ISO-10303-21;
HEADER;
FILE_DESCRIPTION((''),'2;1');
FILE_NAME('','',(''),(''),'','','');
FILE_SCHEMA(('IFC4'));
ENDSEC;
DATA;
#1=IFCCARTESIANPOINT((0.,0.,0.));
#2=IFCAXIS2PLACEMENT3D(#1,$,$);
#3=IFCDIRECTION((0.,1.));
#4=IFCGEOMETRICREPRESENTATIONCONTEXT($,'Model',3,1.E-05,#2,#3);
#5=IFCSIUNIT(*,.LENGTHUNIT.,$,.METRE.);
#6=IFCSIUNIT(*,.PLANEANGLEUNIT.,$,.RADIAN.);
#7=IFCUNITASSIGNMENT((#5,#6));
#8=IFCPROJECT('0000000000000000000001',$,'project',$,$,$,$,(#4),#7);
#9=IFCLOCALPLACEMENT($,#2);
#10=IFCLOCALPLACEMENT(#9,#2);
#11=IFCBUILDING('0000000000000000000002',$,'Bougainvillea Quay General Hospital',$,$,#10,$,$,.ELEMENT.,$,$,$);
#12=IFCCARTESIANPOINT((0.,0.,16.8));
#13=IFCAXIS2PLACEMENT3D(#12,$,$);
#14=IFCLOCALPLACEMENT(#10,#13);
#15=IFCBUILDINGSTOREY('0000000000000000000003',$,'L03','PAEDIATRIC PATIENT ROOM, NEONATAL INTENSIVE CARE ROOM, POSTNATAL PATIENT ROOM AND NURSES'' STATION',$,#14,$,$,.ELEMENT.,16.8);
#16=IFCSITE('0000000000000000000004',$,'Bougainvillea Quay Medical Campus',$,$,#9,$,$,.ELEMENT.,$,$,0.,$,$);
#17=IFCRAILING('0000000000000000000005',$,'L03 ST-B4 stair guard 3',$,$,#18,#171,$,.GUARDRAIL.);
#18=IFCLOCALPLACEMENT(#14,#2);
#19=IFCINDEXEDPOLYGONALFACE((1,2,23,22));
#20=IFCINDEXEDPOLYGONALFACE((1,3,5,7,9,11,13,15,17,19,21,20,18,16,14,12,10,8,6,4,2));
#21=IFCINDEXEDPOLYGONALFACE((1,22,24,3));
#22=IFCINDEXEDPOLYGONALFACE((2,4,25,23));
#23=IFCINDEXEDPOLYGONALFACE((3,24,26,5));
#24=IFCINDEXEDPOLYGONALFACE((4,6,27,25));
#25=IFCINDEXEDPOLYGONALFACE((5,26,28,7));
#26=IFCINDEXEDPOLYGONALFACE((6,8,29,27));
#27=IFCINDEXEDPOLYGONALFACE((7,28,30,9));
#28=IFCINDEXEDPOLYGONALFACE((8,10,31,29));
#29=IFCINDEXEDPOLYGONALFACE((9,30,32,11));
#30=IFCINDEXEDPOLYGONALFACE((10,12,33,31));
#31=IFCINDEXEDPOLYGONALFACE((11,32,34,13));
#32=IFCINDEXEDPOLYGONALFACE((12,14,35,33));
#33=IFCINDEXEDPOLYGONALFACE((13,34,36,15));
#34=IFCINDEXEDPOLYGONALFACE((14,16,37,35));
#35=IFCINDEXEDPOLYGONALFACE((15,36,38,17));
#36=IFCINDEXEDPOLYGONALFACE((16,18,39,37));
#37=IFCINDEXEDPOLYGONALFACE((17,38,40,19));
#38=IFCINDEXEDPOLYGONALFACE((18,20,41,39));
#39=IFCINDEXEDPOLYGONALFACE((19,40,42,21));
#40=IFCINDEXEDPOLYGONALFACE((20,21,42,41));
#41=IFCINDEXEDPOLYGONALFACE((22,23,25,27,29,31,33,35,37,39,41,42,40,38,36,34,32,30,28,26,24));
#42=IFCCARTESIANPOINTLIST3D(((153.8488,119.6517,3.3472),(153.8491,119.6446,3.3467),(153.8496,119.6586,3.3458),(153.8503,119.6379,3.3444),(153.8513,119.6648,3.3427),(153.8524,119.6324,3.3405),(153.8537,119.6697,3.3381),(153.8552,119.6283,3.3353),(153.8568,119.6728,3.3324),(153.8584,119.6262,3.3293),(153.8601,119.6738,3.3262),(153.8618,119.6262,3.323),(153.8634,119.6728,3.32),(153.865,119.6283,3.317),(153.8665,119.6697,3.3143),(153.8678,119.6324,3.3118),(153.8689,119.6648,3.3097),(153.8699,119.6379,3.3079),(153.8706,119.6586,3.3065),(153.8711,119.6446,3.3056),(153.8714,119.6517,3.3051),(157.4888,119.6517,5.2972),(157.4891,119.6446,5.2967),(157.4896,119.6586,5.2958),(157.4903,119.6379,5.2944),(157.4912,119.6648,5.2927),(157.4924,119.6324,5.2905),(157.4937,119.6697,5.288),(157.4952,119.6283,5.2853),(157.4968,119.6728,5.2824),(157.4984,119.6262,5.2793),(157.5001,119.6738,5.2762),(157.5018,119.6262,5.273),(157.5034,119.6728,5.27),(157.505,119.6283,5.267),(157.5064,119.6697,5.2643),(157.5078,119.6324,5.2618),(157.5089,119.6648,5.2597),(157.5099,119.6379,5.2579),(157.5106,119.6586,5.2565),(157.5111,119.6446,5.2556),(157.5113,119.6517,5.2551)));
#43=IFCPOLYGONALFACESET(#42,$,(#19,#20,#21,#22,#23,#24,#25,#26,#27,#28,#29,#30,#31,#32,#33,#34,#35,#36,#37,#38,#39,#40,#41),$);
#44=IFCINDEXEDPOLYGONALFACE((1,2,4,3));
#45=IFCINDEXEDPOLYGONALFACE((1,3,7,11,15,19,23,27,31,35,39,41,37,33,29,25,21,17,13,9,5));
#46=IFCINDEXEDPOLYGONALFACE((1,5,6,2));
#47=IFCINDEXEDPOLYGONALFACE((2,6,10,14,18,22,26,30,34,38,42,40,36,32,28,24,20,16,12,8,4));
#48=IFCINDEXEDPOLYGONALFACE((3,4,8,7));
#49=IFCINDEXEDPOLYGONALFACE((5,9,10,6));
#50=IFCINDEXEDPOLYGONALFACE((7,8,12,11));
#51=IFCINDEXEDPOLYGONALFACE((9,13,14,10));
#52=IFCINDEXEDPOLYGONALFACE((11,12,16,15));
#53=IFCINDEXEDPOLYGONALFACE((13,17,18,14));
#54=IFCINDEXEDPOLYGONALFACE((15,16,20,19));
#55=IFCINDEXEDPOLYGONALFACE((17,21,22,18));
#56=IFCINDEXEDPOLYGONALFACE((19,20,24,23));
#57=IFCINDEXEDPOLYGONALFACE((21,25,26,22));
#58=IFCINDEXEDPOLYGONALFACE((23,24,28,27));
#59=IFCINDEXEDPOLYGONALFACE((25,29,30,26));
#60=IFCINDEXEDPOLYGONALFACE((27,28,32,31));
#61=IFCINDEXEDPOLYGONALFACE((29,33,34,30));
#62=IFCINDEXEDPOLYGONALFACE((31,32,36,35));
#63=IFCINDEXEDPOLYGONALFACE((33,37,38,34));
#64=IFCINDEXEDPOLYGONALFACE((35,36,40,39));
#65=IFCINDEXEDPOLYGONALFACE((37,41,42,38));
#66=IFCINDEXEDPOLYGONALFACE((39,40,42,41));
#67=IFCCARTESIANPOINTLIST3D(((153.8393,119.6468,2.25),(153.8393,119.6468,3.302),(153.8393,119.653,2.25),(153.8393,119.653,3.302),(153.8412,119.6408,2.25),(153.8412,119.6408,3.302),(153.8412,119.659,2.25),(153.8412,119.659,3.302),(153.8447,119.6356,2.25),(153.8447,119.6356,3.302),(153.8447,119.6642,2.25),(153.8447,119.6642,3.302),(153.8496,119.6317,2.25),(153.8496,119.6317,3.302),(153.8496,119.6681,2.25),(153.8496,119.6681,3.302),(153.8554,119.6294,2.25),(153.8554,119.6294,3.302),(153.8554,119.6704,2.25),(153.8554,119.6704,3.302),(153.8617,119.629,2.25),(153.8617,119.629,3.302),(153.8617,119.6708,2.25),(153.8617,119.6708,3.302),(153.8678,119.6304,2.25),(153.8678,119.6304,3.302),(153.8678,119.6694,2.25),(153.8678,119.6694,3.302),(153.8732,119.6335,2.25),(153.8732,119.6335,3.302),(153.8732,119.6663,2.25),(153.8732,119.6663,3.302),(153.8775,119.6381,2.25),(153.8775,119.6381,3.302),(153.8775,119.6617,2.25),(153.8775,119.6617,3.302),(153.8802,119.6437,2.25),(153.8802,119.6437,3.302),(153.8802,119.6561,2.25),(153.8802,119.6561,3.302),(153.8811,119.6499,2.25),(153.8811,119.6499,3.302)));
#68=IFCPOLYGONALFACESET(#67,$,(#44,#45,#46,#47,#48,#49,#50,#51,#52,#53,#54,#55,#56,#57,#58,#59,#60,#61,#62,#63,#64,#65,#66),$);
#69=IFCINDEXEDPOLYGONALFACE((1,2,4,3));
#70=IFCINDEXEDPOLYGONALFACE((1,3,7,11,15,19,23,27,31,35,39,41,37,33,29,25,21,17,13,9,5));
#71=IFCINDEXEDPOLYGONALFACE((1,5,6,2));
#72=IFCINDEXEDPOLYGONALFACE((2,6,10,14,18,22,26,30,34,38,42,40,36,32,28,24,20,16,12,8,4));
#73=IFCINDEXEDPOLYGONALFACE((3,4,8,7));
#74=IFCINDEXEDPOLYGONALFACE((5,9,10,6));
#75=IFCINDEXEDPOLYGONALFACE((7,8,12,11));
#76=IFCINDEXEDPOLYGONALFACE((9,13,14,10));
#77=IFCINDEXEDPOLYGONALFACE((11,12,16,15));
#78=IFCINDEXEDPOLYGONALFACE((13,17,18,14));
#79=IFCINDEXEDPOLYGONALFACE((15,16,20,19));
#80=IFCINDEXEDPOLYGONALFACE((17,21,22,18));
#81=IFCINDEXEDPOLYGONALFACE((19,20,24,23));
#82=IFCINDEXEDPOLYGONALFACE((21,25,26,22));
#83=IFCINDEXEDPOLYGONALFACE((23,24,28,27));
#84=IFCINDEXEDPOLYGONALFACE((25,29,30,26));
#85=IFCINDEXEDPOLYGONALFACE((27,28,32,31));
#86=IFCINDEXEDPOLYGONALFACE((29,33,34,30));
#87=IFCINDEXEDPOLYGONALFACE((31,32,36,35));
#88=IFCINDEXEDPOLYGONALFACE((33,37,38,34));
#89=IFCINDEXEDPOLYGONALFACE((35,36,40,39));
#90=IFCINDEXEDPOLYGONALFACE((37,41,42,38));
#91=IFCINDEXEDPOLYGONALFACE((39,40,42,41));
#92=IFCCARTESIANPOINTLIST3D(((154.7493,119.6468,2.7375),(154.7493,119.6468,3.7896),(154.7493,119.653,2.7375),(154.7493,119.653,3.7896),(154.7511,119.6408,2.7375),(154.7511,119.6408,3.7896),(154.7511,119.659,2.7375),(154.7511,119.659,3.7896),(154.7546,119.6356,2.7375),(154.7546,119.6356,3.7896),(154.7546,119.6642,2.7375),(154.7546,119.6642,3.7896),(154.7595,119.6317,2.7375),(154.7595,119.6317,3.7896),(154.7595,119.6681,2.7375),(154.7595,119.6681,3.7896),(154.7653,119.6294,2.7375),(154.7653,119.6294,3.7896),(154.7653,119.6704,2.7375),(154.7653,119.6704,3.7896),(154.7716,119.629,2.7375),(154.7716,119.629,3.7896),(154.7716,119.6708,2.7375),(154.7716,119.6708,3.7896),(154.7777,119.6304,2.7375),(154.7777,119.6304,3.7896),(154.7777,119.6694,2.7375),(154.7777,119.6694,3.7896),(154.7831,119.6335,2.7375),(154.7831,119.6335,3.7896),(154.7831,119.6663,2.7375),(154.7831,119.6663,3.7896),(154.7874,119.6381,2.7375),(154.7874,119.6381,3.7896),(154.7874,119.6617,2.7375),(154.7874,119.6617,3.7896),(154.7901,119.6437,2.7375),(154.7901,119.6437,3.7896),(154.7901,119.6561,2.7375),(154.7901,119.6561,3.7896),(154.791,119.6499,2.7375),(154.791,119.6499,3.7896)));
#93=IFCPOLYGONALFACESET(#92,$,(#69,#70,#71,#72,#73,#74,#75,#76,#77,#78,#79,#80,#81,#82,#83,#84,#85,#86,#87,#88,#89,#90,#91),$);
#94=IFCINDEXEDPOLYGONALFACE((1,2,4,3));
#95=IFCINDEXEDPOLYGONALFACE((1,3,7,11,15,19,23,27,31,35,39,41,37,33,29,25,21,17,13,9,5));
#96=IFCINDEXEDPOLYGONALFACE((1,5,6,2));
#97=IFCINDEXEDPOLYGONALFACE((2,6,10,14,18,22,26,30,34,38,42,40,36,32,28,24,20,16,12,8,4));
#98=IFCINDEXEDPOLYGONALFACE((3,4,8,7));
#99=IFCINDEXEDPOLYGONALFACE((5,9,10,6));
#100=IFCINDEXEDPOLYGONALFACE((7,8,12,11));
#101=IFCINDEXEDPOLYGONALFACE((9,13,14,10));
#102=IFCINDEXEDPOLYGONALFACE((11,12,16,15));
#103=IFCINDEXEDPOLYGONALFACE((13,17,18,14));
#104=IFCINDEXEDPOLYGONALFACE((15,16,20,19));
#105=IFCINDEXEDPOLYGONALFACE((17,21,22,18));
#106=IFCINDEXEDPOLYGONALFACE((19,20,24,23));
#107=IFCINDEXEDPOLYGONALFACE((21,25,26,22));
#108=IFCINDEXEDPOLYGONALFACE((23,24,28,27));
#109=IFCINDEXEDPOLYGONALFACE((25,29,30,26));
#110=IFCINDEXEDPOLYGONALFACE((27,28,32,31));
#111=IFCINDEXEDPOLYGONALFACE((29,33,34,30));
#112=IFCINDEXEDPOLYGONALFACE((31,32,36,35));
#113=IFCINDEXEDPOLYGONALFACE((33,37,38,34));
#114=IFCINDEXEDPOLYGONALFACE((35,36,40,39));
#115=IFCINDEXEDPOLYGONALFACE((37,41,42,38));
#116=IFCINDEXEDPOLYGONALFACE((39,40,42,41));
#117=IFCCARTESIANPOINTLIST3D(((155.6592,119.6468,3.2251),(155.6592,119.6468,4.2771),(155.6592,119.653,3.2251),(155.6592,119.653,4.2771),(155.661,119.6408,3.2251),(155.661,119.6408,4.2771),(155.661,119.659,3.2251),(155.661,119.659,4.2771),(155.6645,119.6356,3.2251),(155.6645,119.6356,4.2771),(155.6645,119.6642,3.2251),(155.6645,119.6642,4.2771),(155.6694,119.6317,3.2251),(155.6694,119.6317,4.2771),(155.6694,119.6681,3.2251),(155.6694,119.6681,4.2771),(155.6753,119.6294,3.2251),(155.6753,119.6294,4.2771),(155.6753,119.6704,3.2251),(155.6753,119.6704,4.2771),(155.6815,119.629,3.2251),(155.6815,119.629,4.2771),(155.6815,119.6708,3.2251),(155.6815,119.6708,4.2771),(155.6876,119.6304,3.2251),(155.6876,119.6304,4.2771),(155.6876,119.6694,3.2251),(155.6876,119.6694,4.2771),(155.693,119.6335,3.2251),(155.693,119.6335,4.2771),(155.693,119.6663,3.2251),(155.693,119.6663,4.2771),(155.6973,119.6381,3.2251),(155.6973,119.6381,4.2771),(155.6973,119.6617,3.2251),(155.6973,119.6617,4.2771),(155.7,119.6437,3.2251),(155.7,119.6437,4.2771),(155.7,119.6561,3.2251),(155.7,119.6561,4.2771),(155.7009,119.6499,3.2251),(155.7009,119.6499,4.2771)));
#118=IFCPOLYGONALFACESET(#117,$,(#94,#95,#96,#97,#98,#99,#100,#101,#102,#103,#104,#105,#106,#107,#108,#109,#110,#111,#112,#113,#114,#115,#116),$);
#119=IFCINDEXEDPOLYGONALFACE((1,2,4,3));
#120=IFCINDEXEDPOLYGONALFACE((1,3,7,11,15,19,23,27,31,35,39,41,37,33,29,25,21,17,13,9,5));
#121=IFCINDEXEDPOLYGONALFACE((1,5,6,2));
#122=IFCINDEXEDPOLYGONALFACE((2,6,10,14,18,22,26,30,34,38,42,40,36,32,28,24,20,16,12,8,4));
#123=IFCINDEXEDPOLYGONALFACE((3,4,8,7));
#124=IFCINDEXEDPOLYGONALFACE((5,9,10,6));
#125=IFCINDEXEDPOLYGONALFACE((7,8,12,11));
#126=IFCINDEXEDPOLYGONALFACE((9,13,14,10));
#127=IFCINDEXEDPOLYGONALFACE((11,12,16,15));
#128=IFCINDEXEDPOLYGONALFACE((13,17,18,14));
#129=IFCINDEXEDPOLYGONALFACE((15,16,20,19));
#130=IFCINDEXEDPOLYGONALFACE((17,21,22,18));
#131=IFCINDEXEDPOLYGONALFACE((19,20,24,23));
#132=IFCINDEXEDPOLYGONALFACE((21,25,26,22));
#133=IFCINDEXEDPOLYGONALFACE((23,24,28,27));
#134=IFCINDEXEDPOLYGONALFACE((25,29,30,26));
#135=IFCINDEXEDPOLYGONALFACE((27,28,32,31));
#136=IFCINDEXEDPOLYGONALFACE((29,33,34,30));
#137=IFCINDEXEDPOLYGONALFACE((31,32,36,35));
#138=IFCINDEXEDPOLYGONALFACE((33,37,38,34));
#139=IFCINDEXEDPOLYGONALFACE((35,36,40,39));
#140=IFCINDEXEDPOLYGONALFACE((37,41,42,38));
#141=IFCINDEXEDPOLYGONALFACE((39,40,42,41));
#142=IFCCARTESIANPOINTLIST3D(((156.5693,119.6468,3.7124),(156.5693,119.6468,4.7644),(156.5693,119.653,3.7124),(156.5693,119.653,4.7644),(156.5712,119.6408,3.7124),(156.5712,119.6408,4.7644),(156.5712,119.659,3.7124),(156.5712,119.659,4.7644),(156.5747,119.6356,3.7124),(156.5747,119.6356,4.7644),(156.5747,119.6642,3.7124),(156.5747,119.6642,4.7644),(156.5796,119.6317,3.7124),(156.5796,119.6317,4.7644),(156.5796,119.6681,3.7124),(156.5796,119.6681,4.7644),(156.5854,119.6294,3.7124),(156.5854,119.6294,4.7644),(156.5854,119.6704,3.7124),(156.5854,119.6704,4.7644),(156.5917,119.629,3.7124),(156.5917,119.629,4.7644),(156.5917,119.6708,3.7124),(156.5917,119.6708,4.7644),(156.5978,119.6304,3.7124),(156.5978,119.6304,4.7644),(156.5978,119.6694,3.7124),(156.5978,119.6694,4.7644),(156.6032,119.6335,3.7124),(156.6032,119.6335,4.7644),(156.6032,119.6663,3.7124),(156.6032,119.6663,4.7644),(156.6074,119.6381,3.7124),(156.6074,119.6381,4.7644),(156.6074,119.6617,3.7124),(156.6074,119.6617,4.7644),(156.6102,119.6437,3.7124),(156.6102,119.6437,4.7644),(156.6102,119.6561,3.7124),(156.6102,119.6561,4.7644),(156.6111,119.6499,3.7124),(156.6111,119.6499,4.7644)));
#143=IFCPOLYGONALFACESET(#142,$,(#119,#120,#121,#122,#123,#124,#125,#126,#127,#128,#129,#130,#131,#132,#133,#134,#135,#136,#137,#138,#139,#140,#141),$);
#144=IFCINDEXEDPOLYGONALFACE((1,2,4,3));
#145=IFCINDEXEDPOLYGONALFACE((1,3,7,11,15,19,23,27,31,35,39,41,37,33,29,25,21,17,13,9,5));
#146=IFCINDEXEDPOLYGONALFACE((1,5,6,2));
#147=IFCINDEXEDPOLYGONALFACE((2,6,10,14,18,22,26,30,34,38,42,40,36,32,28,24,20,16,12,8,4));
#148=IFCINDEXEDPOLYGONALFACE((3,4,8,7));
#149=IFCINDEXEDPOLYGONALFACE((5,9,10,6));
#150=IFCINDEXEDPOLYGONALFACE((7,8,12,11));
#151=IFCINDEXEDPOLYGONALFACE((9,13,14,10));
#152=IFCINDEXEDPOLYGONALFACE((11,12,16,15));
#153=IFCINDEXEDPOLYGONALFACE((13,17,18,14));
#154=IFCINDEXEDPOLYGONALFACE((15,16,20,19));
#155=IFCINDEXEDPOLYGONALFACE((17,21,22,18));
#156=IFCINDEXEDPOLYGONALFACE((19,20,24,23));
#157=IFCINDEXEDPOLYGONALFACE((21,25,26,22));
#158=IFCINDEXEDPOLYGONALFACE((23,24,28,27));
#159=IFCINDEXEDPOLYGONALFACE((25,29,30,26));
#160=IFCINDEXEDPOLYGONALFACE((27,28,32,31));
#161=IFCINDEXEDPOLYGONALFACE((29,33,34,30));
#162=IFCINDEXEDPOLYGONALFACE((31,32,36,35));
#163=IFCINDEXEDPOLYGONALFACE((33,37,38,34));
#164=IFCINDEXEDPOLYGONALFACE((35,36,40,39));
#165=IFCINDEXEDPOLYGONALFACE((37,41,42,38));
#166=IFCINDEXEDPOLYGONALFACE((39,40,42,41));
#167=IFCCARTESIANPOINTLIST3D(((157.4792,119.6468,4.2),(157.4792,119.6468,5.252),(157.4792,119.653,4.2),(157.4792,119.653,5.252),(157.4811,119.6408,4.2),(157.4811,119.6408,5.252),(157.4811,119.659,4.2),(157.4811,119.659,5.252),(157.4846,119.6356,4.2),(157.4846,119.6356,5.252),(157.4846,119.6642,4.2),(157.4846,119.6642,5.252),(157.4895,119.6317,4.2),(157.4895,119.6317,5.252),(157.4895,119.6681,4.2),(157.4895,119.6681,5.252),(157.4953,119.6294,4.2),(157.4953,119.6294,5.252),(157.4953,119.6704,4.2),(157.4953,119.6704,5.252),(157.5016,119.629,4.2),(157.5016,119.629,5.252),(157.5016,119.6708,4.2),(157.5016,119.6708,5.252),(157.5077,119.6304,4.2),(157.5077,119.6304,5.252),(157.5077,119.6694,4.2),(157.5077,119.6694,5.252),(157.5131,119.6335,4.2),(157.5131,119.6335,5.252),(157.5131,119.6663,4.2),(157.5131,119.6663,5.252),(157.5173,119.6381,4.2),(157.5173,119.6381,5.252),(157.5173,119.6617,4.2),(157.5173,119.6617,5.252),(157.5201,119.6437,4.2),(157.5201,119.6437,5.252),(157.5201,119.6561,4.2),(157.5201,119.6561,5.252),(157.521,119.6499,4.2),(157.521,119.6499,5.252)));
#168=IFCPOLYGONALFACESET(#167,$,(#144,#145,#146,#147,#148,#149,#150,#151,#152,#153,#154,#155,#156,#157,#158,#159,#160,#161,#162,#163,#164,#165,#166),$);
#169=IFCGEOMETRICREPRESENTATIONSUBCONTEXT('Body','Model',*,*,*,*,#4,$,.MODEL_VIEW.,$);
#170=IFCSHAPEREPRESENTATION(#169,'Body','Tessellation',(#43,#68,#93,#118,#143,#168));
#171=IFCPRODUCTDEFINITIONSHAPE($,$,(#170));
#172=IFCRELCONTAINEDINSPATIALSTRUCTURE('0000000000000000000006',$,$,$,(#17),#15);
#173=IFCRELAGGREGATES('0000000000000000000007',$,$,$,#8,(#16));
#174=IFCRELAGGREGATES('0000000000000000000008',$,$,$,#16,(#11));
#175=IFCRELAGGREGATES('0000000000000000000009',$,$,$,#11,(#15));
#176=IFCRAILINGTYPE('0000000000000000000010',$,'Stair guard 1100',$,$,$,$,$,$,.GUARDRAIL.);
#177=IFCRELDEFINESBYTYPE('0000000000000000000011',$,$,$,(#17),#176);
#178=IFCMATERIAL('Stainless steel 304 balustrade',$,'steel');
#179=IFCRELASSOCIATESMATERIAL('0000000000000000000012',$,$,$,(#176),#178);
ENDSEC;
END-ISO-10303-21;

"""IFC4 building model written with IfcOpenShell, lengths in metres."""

from ifc_helpers import new_model, si_unit, direction, frame, origin, origin_2d, place, context, subcontext, project, spatial, circle, extrude, material, type_object, element, save


model = new_model("IFC4")

# Units and contexts
model_context = context("Model", 3, precision=1e-05, world=origin(), true_north=direction((0.0, 1.0)))
body_context = subcontext(model_context, "Body", "Model", "MODEL_VIEW")
ifc_project = project(units=[si_unit("LENGTHUNIT", "METRE"), si_unit("PLANEANGLEUNIT", "RADIAN")], contexts=[model_context])

# Site, building, storey
site_placement = place(None, origin())
site = spatial("IfcSite", under=ifc_project, at=site_placement, Name="Bougainvillea Quay Medical Campus", CompositionType="ELEMENT", RefElevation=0.0)
building_placement = place(site_placement, origin())
building = spatial("IfcBuilding", under=site, at=building_placement, Name="Bougainvillea Quay General Hospital", CompositionType="ELEMENT")
storey_placement = place(building_placement, frame((0.0, 0.0, 16.8)))
storey = spatial("IfcBuildingStorey", under=building, at=storey_placement, Name="L03", Description="PAEDIATRIC PATIENT ROOM, NEONATAL INTENSIVE CARE ROOM, POSTNATAL PATIENT ROOM AND NURSES' STATION", CompositionType="ELEMENT", Elevation=16.8)

# Railing
ifc_material_1 = material(Name="Stainless steel 304 balustrade", Category="steel")
railing_type_1 = type_object("IfcRailingType", Name="Stair guard 1100", PredefinedType="GUARDRAIL", material=ifc_material_1)
railing_1_placement = place(storey_placement, frame((153.8601, 119.6499, 2.25)))
element("IfcRailing", 1, at=railing_1_placement, inside=storey, type_object=railing_type_1, Name="L03 ST-B4 stair guard 3", PredefinedType="GUARDRAIL", context=body_context, shape_type="SweptSolid", body=[
    extrude(circle(Radius=0.0239, at=origin_2d()), frame((0.0, 0.0, 1.0762), z_axis=(0.881479, 0.0, 0.472223), x_axis=(0.0, 1.0, 0.0)), (0.0, 0.0, 1.0), 4.1294),
    extrude(circle(Radius=0.021, at=origin_2d()), origin(), (0.0, 0.0, 1.0), 1.052),
    extrude(circle(Radius=0.021, at=origin_2d()), frame((0.9099, 0.0, 0.4875)), (0.0, 0.0, 1.0), 1.052),
    extrude(circle(Radius=0.021, at=origin_2d()), frame((1.8198, 0.0, 0.9751)), (0.0, 0.0, 1.0), 1.052),
    extrude(circle(Radius=0.021, at=origin_2d()), frame((2.73, 0.0, 1.4624)), (0.0, 0.0, 1.0), 1.052),
    extrude(circle(Radius=0.021, at=origin_2d()), frame((3.6399, 0.0, 1.95)), (0.0, 0.0, 1.0), 1.052),
])

save(model, "model.ifc")
